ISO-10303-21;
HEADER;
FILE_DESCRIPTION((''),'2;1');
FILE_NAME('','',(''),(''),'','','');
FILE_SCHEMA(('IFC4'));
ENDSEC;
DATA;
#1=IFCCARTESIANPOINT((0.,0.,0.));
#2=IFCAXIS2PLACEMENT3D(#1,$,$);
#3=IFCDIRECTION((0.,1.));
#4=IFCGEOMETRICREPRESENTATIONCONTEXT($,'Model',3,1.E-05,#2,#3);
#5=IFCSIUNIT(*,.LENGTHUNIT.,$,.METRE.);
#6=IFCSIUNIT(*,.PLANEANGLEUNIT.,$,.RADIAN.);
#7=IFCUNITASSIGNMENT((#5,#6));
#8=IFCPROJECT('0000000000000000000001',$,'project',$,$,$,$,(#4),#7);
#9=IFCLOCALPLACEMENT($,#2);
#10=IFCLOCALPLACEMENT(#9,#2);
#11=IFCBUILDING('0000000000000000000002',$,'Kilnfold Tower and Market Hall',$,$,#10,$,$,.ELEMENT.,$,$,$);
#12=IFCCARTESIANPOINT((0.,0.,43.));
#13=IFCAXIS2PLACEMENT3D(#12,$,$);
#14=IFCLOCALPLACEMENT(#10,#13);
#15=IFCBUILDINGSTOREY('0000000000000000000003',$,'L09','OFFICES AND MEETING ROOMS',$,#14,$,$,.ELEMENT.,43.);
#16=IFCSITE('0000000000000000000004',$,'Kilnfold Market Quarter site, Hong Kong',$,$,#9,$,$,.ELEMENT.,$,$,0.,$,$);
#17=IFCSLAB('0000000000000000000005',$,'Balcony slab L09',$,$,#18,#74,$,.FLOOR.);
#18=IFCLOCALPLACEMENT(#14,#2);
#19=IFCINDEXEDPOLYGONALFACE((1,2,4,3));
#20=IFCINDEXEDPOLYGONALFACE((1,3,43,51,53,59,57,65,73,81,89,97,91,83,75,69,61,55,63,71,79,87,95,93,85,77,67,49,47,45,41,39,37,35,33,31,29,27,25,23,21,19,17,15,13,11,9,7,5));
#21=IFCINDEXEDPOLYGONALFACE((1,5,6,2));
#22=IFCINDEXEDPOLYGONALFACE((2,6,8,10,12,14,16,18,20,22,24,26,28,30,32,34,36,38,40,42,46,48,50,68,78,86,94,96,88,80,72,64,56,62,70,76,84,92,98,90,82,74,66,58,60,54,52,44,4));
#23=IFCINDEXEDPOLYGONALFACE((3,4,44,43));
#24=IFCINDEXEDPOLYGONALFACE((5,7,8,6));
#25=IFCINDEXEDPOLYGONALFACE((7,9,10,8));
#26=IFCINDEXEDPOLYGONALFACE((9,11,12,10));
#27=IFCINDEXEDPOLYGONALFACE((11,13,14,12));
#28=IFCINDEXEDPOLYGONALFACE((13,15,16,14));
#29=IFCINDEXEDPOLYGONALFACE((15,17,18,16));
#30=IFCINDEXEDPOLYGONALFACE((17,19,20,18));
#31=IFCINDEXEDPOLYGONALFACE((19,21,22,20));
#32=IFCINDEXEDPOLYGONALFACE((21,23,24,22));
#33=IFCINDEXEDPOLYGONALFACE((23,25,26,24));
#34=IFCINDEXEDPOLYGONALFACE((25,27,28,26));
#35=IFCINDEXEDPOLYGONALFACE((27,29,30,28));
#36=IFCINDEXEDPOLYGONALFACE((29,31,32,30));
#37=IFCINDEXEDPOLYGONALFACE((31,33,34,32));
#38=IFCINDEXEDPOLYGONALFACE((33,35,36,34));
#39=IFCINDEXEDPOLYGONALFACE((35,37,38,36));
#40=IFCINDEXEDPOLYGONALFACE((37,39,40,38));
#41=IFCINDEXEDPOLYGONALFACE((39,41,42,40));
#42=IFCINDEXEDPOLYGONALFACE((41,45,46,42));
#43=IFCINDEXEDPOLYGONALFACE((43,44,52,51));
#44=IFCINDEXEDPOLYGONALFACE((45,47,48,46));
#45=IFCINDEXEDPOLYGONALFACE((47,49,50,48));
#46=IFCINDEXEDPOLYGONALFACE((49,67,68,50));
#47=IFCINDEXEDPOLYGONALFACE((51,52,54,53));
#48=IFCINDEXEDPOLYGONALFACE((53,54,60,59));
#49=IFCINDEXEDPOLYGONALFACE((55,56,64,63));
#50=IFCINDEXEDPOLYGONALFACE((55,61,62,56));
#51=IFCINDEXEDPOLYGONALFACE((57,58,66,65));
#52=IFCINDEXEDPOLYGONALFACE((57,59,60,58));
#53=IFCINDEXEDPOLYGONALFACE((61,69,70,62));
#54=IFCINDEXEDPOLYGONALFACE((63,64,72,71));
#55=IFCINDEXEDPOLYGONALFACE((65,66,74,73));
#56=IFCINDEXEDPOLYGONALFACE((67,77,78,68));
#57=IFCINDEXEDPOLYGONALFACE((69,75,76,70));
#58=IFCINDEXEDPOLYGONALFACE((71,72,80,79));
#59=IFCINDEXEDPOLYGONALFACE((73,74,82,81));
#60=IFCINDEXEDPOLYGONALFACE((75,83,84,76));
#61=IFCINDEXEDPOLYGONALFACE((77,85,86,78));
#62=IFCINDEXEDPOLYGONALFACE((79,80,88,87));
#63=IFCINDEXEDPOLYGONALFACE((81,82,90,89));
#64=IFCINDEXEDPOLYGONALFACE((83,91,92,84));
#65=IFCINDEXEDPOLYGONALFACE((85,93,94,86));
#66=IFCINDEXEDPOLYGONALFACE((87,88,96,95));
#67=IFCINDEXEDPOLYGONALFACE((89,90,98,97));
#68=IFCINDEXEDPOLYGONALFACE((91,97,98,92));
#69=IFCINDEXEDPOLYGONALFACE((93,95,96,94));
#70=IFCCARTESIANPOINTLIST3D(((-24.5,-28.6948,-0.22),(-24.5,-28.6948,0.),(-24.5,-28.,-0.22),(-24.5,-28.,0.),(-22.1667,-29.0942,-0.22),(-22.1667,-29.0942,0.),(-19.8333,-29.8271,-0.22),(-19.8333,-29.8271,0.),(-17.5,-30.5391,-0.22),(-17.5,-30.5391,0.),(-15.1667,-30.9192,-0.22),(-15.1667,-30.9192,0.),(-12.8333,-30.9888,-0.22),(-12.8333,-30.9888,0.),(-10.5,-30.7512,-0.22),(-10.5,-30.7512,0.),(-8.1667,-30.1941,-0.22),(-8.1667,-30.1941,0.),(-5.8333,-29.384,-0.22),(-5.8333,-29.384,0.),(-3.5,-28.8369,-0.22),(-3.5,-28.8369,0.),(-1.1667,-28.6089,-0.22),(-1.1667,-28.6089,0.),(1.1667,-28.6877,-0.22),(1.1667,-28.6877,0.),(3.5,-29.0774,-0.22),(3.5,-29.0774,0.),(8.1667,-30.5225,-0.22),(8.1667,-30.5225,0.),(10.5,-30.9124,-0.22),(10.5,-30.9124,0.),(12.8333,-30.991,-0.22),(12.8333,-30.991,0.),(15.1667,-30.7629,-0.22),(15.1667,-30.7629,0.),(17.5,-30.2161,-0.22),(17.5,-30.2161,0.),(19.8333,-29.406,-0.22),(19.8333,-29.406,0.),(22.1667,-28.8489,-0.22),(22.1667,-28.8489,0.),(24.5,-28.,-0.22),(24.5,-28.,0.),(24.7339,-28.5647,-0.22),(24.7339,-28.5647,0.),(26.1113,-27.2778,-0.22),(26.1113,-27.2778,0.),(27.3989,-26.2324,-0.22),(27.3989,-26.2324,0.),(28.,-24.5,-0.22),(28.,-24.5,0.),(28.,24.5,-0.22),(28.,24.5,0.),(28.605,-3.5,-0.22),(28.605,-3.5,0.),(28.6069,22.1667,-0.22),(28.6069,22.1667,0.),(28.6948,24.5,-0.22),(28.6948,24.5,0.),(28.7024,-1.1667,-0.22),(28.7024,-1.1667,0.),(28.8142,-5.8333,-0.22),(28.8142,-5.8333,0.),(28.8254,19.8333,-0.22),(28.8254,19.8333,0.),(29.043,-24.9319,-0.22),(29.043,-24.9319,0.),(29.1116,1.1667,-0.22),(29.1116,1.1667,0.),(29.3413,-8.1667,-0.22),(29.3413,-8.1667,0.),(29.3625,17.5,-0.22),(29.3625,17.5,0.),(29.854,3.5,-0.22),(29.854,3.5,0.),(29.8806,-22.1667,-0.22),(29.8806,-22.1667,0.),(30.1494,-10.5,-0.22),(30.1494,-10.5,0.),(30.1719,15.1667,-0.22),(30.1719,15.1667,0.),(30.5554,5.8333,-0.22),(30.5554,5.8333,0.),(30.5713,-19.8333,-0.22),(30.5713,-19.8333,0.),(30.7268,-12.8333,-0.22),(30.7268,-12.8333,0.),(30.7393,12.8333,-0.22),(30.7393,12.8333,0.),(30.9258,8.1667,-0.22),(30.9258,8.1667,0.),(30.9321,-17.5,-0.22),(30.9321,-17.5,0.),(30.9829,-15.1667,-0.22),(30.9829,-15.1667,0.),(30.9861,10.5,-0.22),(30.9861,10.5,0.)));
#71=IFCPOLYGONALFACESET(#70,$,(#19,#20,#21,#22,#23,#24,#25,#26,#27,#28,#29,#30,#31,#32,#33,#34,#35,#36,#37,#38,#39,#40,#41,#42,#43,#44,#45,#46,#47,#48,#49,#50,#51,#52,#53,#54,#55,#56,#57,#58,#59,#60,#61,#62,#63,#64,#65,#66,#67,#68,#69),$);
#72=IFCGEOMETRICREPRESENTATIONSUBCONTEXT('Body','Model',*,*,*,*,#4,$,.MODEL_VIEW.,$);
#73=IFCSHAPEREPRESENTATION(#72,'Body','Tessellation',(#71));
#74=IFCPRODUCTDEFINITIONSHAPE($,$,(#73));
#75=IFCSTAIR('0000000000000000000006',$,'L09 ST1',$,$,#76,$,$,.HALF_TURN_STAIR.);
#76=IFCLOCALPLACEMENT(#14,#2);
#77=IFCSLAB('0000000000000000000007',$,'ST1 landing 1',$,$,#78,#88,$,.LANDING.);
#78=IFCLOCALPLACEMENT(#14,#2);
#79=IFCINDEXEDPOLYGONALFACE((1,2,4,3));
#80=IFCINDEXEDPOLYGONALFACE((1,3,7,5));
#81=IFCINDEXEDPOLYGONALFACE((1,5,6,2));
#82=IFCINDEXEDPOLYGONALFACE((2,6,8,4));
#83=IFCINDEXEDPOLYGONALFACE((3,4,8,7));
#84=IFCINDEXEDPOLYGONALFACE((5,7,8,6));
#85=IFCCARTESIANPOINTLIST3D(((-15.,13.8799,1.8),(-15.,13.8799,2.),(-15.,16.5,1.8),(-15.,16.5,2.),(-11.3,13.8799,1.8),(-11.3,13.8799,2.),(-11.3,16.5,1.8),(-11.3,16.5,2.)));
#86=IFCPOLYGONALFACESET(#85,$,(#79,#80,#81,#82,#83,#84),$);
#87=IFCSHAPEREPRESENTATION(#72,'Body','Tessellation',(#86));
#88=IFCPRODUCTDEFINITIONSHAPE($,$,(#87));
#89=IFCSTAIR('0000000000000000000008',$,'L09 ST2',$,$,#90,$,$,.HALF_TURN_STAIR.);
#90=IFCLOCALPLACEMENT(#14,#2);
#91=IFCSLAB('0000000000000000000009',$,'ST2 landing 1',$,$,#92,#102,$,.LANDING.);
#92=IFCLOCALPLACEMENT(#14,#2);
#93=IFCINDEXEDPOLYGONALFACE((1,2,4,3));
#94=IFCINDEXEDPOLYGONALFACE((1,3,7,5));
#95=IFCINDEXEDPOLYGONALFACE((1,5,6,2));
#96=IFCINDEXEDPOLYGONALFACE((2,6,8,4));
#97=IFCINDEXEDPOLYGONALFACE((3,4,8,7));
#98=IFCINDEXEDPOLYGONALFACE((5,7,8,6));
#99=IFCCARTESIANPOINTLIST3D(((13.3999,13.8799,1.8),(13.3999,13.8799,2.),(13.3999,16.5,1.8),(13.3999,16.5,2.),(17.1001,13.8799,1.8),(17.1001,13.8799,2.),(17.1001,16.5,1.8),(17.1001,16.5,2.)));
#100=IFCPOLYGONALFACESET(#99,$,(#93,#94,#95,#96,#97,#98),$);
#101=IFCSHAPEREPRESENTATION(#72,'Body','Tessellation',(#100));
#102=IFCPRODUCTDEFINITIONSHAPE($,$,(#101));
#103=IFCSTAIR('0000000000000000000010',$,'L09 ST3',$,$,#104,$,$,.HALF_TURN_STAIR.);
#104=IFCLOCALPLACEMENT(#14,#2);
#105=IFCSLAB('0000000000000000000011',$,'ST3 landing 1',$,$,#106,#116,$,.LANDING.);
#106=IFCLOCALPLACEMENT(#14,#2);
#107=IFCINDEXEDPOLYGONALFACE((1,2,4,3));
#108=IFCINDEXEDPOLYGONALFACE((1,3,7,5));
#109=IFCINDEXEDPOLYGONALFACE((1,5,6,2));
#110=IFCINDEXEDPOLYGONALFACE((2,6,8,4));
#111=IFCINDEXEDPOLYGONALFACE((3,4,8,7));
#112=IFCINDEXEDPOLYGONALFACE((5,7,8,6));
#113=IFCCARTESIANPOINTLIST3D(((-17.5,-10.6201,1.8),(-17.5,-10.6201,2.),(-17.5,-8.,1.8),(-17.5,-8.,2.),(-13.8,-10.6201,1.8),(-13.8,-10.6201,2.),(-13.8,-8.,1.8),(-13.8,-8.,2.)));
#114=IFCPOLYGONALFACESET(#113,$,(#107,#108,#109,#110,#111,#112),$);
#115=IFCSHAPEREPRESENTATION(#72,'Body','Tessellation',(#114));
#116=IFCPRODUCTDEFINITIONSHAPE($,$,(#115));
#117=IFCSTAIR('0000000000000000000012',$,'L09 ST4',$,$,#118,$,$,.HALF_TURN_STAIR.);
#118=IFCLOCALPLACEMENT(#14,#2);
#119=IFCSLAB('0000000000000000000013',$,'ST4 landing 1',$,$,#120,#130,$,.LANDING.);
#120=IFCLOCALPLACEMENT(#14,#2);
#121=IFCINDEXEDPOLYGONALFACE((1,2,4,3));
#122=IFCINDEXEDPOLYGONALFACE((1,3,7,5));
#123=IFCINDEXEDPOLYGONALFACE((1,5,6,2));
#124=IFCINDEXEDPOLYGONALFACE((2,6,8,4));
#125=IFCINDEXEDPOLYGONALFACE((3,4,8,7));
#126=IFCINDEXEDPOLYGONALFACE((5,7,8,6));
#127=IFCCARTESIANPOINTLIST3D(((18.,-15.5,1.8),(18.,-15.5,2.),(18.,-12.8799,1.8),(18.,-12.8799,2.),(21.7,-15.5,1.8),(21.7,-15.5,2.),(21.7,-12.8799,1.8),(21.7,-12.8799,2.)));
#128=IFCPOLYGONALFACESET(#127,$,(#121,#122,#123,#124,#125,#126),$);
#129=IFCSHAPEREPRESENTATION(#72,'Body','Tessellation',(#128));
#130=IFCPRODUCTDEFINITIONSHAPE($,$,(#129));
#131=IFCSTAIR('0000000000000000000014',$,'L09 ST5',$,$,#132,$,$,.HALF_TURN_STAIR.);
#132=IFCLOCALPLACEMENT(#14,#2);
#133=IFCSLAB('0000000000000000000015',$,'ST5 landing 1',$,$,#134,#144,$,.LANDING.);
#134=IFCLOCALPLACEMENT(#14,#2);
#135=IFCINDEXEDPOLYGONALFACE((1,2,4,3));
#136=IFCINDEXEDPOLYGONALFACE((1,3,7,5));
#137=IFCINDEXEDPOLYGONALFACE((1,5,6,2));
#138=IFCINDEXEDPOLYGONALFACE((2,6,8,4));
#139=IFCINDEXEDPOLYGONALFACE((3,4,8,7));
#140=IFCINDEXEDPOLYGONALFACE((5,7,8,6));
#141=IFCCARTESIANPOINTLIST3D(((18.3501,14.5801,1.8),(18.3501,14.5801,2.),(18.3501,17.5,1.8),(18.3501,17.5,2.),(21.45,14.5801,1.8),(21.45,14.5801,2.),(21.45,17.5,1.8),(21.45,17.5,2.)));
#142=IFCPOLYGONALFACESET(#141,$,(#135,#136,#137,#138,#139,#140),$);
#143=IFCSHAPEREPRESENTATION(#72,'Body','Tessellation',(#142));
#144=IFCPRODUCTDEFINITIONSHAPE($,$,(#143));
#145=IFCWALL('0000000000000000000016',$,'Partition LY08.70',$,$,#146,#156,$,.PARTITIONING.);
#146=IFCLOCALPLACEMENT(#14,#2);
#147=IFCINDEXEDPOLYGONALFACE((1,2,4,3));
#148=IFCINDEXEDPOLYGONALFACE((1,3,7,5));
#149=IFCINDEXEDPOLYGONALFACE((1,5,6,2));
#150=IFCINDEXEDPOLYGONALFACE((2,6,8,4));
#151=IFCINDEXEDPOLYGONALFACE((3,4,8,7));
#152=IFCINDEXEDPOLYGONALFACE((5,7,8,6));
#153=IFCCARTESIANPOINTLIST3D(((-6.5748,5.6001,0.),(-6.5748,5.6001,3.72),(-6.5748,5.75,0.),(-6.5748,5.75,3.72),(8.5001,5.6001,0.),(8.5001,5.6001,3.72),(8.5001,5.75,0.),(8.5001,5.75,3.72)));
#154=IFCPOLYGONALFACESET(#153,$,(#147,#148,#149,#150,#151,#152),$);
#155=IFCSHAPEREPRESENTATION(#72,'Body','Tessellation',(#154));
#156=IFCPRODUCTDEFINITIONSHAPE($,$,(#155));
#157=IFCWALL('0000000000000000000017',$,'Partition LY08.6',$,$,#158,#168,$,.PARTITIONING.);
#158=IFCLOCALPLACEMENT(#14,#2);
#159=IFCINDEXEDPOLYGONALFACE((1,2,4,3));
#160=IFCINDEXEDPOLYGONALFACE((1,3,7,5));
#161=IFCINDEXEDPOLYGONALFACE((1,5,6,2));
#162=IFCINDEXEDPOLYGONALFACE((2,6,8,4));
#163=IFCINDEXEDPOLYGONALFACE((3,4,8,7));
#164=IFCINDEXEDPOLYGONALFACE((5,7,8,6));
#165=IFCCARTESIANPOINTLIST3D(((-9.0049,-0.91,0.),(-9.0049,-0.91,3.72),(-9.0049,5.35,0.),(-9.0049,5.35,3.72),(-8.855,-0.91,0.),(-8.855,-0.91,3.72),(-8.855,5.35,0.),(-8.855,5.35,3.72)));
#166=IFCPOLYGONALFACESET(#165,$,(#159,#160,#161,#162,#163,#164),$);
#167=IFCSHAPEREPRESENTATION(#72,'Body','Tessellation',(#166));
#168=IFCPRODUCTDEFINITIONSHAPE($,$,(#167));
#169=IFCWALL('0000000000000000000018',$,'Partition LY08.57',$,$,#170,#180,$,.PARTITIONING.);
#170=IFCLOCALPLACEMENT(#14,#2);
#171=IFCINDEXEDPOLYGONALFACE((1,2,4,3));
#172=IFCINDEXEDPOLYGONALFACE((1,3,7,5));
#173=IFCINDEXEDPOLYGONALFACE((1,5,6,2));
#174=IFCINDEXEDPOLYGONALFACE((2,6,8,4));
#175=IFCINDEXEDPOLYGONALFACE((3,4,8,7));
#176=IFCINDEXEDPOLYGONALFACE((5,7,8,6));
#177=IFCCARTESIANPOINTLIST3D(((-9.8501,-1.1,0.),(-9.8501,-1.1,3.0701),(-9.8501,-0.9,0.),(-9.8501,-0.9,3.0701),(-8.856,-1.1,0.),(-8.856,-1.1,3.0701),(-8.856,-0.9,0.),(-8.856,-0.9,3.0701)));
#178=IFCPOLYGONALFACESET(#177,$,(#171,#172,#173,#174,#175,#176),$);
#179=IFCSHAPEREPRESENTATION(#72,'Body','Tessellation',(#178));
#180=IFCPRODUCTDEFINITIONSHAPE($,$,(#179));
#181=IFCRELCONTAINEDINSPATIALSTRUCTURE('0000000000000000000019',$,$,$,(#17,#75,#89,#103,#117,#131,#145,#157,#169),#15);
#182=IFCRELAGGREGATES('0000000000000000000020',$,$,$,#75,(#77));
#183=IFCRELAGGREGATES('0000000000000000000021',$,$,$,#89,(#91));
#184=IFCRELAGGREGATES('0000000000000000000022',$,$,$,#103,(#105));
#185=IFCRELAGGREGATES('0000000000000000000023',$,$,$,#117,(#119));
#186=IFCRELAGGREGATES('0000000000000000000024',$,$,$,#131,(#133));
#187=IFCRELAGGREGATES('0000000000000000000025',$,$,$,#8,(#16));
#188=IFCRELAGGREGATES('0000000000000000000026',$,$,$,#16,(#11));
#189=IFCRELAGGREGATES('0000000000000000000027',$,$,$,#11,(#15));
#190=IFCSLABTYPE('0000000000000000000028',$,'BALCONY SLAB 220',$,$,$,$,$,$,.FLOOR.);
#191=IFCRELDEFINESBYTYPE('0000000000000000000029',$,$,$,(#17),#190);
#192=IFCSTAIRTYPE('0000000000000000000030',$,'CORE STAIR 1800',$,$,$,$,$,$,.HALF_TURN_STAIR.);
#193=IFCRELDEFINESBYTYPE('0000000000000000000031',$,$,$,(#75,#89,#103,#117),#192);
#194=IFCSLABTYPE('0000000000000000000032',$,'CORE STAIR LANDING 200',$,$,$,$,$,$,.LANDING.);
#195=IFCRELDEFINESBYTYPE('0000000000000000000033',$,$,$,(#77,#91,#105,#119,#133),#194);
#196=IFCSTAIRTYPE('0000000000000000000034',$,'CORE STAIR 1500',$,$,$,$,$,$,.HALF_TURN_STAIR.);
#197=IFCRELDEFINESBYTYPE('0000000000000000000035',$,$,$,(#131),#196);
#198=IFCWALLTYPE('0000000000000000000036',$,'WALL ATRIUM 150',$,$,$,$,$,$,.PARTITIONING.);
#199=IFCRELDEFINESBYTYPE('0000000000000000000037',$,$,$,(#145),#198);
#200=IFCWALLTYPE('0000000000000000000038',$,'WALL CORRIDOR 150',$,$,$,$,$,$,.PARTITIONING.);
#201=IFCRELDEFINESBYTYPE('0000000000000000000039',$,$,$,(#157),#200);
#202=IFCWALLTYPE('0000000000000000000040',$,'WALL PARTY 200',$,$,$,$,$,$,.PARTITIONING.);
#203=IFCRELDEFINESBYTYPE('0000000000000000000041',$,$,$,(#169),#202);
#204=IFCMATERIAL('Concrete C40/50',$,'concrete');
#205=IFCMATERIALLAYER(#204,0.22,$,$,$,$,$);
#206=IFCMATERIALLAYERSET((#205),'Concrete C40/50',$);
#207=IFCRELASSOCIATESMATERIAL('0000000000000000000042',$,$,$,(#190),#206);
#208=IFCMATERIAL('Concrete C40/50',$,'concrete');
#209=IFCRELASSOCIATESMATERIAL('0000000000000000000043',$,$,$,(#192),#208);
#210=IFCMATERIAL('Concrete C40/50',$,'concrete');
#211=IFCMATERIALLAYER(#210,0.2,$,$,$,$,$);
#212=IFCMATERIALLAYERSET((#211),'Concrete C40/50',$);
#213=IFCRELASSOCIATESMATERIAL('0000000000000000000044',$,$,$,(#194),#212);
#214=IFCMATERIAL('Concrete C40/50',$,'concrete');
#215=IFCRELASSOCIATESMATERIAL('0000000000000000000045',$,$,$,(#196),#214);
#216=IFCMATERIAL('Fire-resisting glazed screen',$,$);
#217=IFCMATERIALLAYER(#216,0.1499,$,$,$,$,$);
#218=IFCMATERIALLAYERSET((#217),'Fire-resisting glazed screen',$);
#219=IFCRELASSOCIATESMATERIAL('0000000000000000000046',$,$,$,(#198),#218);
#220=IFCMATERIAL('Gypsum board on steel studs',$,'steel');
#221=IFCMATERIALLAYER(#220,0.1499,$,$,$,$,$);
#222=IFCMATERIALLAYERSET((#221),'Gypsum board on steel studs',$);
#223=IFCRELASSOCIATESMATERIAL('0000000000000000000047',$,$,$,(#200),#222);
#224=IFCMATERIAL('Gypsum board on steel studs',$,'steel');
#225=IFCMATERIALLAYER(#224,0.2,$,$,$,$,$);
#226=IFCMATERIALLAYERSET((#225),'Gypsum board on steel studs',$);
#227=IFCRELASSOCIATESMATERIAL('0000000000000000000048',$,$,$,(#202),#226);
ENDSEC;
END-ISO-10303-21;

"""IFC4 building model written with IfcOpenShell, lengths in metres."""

from ifc_helpers import new_model, si_unit, direction, frame, frame_2d, origin, place, context, subcontext, project, spatial, polyline, rectangle, outline, extrude, source, transform, mapped, material, layer, layer_set, type_object, element, aggregate, save


model = new_model("IFC4")

# Units and contexts
model_context = context("Model", 3, precision=1e-05, world=origin(), true_north=direction((0.0, 1.0)))
body_context = subcontext(model_context, "Body", "Model", "MODEL_VIEW")
ifc_project = project(units=[si_unit("LENGTHUNIT", "METRE"), si_unit("PLANEANGLEUNIT", "RADIAN")], contexts=[model_context])

# Site, building, storey
site_placement = place(None, origin())
site = spatial("IfcSite", under=ifc_project, at=site_placement, Name="Kilnfold Market Quarter site, Hong Kong", CompositionType="ELEMENT", RefElevation=0.0)
building_placement = place(site_placement, origin())
building = spatial("IfcBuilding", under=site, at=building_placement, Name="Kilnfold Tower and Market Hall", CompositionType="ELEMENT")
storey_placement = place(building_placement, frame((0.0, 0.0, 43.0)))
storey = spatial("IfcBuildingStorey", under=building, at=storey_placement, Name="L09", Description="OFFICES AND MEETING ROOMS", CompositionType="ELEMENT", Elevation=43.0)

# Slab
ifc_material_1 = material(Name="Concrete C40/50", Category="concrete")
ifc_layer_1 = layer(ifc_material_1, 0.22)
ifc_layer_set_1 = layer_set([ifc_layer_1], Name="Concrete C40/50")
slab_type_1 = type_object("IfcSlabType", Name="BALCONY SLAB 220", PredefinedType="FLOOR", material=ifc_layer_set_1)
shared_shape_1 = source(origin(), body_context, "Body", "SweptSolid", [
    extrude(outline(polyline([(-24.5, -28.0), (24.5, -28.0), (28.0, -24.5), (28.0, 24.5), (28.6948, 24.5), (28.6069, 22.1667), (28.8254, 19.8333), (29.3625, 17.5), (30.1719, 15.1667), (30.7393, 12.8333), (30.9861, 10.5), (30.9258, 8.1667), (30.5554, 5.8333), (29.854, 3.5), (29.1116, 1.1667), (28.7024, -1.1667), (28.605, -3.5), (28.8142, -5.8333), (29.3413, -8.1667), (30.1494, -10.5), (30.7268, -12.8333), (30.9829, -15.1667), (30.9321, -17.5), (30.5713, -19.8333), (29.8806, -22.1667), (29.043, -24.9319), (27.3989, -26.2324), (26.1113, -27.2778), (24.7339, -28.5647), (22.1667, -28.8489), (19.8333, -29.406), (17.5, -30.2161), (15.1667, -30.7629), (12.8333, -30.991), (10.5, -30.9124), (8.1667, -30.5225), (3.5, -29.0774), (1.1667, -28.6877), (-1.1667, -28.6089), (-3.5, -28.8369), (-5.8333, -29.384), (-8.1667, -30.1941), (-10.5, -30.7512), (-12.8333, -30.9888), (-15.1667, -30.9192), (-17.5, -30.5391), (-19.8333, -29.8271), (-22.1667, -29.0942), (-24.5, -28.6948), (-24.5, -28.0)])), origin(), (0.0, 0.0, 1.0), 0.22),
])
slab_1_placement = place(storey_placement, frame((0.0, 0.0, -0.22)))
element("IfcSlab", 1, at=slab_1_placement, inside=storey, type_object=slab_type_1, Name="Balcony slab L09", PredefinedType="FLOOR", context=body_context, shape_type="MappedRepresentation", body=[
    mapped(shared_shape_1, transform((0.0, 0.0, 0.0))),
])

# Stairs, slabs
ifc_material_2 = material(Name="Concrete C40/50", Category="concrete")
stair_type_1 = type_object("IfcStairType", Name="CORE STAIR 1800", PredefinedType="HALF_TURN_STAIR", material=ifc_material_2)
stair_1_placement = place(storey_placement, origin())
stair_1 = element("IfcStair", 2, at=stair_1_placement, inside=storey, type_object=stair_type_1, Name="L09 ST1", PredefinedType="HALF_TURN_STAIR")
ifc_material_3 = material(Name="Concrete C40/50", Category="concrete")
ifc_layer_2 = layer(ifc_material_3, 0.2)
ifc_layer_set_2 = layer_set([ifc_layer_2], Name="Concrete C40/50")
slab_type_2 = type_object("IfcSlabType", Name="CORE STAIR LANDING 200", PredefinedType="LANDING", material=ifc_layer_set_2)
shared_shape_2 = source(origin(), body_context, "Body", "SweptSolid", [
    extrude(outline(polyline([(-11.3, 13.8799), (-11.3, 16.5), (-15.0, 16.5), (-15.0, 13.8799), (-11.3, 13.8799)])), origin(), (0.0, 0.0, 1.0), 0.2),
])
slab_2_placement = place(storey_placement, frame((0.0, 0.0, 1.8)))
slab_2 = element("IfcSlab", 3, at=slab_2_placement, type_object=slab_type_2, Name="ST1 landing 1", PredefinedType="LANDING", context=body_context, shape_type="MappedRepresentation", body=[
    mapped(shared_shape_2, transform((0.0, 0.0, 0.0))),
])
aggregate(stair_1, [slab_2])
stair_2_placement = place(storey_placement, origin())
stair_2 = element("IfcStair", 4, at=stair_2_placement, inside=storey, type_object=stair_type_1, Name="L09 ST2", PredefinedType="HALF_TURN_STAIR")
shared_shape_3 = source(origin(), body_context, "Body", "SweptSolid", [
    extrude(outline(polyline([(17.1001, 13.8799), (17.1001, 16.5), (13.3999, 16.5), (13.3999, 13.8799), (17.1001, 13.8799)])), origin(), (0.0, 0.0, 1.0), 0.2),
])
slab_3_placement = place(storey_placement, frame((0.0, 0.0, 1.8)))
slab_3 = element("IfcSlab", 5, at=slab_3_placement, type_object=slab_type_2, Name="ST2 landing 1", PredefinedType="LANDING", context=body_context, shape_type="MappedRepresentation", body=[
    mapped(shared_shape_3, transform((0.0, 0.0, 0.0))),
])
aggregate(stair_2, [slab_3])
stair_3_placement = place(storey_placement, origin())
stair_3 = element("IfcStair", 6, at=stair_3_placement, inside=storey, type_object=stair_type_1, Name="L09 ST3", PredefinedType="HALF_TURN_STAIR")
shared_shape_4 = source(origin(), body_context, "Body", "SweptSolid", [
    extrude(outline(polyline([(-13.8, -10.6201), (-13.8, -8.0), (-17.5, -8.0), (-17.5, -10.6201), (-13.8, -10.6201)])), origin(), (0.0, 0.0, 1.0), 0.2),
])
slab_4_placement = place(storey_placement, frame((0.0, 0.0, 1.8)))
slab_4 = element("IfcSlab", 7, at=slab_4_placement, type_object=slab_type_2, Name="ST3 landing 1", PredefinedType="LANDING", context=body_context, shape_type="MappedRepresentation", body=[
    mapped(shared_shape_4, transform((0.0, 0.0, 0.0))),
])
aggregate(stair_3, [slab_4])
stair_4_placement = place(storey_placement, origin())
stair_4 = element("IfcStair", 8, at=stair_4_placement, inside=storey, type_object=stair_type_1, Name="L09 ST4", PredefinedType="HALF_TURN_STAIR")
shared_shape_5 = source(origin(), body_context, "Body", "SweptSolid", [
    extrude(outline(polyline([(18.0, -12.8799), (18.0, -15.5), (21.7, -15.5), (21.7, -12.8799), (18.0, -12.8799)])), origin(), (0.0, 0.0, 1.0), 0.2),
])
slab_5_placement = place(storey_placement, frame((0.0, 0.0, 1.8)))
slab_5 = element("IfcSlab", 9, at=slab_5_placement, type_object=slab_type_2, Name="ST4 landing 1", PredefinedType="LANDING", context=body_context, shape_type="MappedRepresentation", body=[
    mapped(shared_shape_5, transform((0.0, 0.0, 0.0))),
])
aggregate(stair_4, [slab_5])
ifc_material_4 = material(Name="Concrete C40/50", Category="concrete")
stair_type_2 = type_object("IfcStairType", Name="CORE STAIR 1500", PredefinedType="HALF_TURN_STAIR", material=ifc_material_4)
stair_5_placement = place(storey_placement, origin())
stair_5 = element("IfcStair", 10, at=stair_5_placement, inside=storey, type_object=stair_type_2, Name="L09 ST5", PredefinedType="HALF_TURN_STAIR")
shared_shape_6 = source(origin(), body_context, "Body", "SweptSolid", [
    extrude(outline(polyline([(21.45, 14.5801), (21.45, 17.5), (18.3501, 17.5), (18.3501, 14.5801), (21.45, 14.5801)])), origin(), (0.0, 0.0, 1.0), 0.2),
])
slab_6_placement = place(storey_placement, frame((0.0, 0.0, 1.8)))
slab_6 = element("IfcSlab", 11, at=slab_6_placement, type_object=slab_type_2, Name="ST5 landing 1", PredefinedType="LANDING", context=body_context, shape_type="MappedRepresentation", body=[
    mapped(shared_shape_6, transform((0.0, 0.0, 0.0))),
])
aggregate(stair_5, [slab_6])

# Walls
ifc_material_5 = material(Name="Fire-resisting glazed screen")
ifc_layer_3 = layer(ifc_material_5, 0.1499)
ifc_layer_set_3 = layer_set([ifc_layer_3], Name="Fire-resisting glazed screen")
wall_type_1 = type_object("IfcWallType", Name="WALL ATRIUM 150", PredefinedType="PARTITIONING", material=ifc_layer_set_3)
wall_1_placement = place(storey_placement, frame((-6.575, 5.675, 0.0), z_axis=(0.0, 0.0, 1.0), x_axis=(1.0, 0.0, 0.0)))
element("IfcWall", 12, at=wall_1_placement, inside=storey, type_object=wall_type_1, Name="Partition LY08.70", PredefinedType="PARTITIONING", context=body_context, shape_type="SweptSolid", body=[
    extrude(rectangle(XDim=15.075, YDim=0.1499, at=frame_2d((7.5376, 0.0))), origin(), (0.0, 0.0, 1.0), 3.72),
])
ifc_material_6 = material(Name="Gypsum board on steel studs", Category="steel")
ifc_layer_4 = layer(ifc_material_6, 0.1499)
ifc_layer_set_4 = layer_set([ifc_layer_4], Name="Gypsum board on steel studs")
wall_type_2 = type_object("IfcWallType", Name="WALL CORRIDOR 150", PredefinedType="PARTITIONING", material=ifc_layer_set_4)
wall_2_placement = place(storey_placement, frame((-8.9299, -0.9099, 0.0), z_axis=(0.0, 0.0, 1.0), x_axis=(0.0, 1.0, 0.0)))
element("IfcWall", 13, at=wall_2_placement, inside=storey, type_object=wall_type_2, Name="Partition LY08.6", PredefinedType="PARTITIONING", context=body_context, shape_type="SweptSolid", body=[
    extrude(rectangle(XDim=6.26, YDim=0.1499, at=frame_2d((3.1299, 0.0))), origin(), (0.0, 0.0, 1.0), 3.72),
])
ifc_material_7 = material(Name="Gypsum board on steel studs", Category="steel")
ifc_layer_5 = layer(ifc_material_7, 0.2)
ifc_layer_set_5 = layer_set([ifc_layer_5], Name="Gypsum board on steel studs")
wall_type_3 = type_object("IfcWallType", Name="WALL PARTY 200", PredefinedType="PARTITIONING", material=ifc_layer_set_5)
wall_3_placement = place(storey_placement, frame((-9.8501, -1.0, 0.0), z_axis=(0.0, 0.0, 1.0), x_axis=(1.0, 0.0, 0.0)))
element("IfcWall", 14, at=wall_3_placement, inside=storey, type_object=wall_type_3, Name="Partition LY08.57", PredefinedType="PARTITIONING", context=body_context, shape_type="SweptSolid", body=[
    extrude(rectangle(XDim=0.9941, YDim=0.2, at=frame_2d((0.4971, 0.0))), origin(), (0.0, 0.0, 1.0), 3.0701),
])

save(model, "model.ifc")
